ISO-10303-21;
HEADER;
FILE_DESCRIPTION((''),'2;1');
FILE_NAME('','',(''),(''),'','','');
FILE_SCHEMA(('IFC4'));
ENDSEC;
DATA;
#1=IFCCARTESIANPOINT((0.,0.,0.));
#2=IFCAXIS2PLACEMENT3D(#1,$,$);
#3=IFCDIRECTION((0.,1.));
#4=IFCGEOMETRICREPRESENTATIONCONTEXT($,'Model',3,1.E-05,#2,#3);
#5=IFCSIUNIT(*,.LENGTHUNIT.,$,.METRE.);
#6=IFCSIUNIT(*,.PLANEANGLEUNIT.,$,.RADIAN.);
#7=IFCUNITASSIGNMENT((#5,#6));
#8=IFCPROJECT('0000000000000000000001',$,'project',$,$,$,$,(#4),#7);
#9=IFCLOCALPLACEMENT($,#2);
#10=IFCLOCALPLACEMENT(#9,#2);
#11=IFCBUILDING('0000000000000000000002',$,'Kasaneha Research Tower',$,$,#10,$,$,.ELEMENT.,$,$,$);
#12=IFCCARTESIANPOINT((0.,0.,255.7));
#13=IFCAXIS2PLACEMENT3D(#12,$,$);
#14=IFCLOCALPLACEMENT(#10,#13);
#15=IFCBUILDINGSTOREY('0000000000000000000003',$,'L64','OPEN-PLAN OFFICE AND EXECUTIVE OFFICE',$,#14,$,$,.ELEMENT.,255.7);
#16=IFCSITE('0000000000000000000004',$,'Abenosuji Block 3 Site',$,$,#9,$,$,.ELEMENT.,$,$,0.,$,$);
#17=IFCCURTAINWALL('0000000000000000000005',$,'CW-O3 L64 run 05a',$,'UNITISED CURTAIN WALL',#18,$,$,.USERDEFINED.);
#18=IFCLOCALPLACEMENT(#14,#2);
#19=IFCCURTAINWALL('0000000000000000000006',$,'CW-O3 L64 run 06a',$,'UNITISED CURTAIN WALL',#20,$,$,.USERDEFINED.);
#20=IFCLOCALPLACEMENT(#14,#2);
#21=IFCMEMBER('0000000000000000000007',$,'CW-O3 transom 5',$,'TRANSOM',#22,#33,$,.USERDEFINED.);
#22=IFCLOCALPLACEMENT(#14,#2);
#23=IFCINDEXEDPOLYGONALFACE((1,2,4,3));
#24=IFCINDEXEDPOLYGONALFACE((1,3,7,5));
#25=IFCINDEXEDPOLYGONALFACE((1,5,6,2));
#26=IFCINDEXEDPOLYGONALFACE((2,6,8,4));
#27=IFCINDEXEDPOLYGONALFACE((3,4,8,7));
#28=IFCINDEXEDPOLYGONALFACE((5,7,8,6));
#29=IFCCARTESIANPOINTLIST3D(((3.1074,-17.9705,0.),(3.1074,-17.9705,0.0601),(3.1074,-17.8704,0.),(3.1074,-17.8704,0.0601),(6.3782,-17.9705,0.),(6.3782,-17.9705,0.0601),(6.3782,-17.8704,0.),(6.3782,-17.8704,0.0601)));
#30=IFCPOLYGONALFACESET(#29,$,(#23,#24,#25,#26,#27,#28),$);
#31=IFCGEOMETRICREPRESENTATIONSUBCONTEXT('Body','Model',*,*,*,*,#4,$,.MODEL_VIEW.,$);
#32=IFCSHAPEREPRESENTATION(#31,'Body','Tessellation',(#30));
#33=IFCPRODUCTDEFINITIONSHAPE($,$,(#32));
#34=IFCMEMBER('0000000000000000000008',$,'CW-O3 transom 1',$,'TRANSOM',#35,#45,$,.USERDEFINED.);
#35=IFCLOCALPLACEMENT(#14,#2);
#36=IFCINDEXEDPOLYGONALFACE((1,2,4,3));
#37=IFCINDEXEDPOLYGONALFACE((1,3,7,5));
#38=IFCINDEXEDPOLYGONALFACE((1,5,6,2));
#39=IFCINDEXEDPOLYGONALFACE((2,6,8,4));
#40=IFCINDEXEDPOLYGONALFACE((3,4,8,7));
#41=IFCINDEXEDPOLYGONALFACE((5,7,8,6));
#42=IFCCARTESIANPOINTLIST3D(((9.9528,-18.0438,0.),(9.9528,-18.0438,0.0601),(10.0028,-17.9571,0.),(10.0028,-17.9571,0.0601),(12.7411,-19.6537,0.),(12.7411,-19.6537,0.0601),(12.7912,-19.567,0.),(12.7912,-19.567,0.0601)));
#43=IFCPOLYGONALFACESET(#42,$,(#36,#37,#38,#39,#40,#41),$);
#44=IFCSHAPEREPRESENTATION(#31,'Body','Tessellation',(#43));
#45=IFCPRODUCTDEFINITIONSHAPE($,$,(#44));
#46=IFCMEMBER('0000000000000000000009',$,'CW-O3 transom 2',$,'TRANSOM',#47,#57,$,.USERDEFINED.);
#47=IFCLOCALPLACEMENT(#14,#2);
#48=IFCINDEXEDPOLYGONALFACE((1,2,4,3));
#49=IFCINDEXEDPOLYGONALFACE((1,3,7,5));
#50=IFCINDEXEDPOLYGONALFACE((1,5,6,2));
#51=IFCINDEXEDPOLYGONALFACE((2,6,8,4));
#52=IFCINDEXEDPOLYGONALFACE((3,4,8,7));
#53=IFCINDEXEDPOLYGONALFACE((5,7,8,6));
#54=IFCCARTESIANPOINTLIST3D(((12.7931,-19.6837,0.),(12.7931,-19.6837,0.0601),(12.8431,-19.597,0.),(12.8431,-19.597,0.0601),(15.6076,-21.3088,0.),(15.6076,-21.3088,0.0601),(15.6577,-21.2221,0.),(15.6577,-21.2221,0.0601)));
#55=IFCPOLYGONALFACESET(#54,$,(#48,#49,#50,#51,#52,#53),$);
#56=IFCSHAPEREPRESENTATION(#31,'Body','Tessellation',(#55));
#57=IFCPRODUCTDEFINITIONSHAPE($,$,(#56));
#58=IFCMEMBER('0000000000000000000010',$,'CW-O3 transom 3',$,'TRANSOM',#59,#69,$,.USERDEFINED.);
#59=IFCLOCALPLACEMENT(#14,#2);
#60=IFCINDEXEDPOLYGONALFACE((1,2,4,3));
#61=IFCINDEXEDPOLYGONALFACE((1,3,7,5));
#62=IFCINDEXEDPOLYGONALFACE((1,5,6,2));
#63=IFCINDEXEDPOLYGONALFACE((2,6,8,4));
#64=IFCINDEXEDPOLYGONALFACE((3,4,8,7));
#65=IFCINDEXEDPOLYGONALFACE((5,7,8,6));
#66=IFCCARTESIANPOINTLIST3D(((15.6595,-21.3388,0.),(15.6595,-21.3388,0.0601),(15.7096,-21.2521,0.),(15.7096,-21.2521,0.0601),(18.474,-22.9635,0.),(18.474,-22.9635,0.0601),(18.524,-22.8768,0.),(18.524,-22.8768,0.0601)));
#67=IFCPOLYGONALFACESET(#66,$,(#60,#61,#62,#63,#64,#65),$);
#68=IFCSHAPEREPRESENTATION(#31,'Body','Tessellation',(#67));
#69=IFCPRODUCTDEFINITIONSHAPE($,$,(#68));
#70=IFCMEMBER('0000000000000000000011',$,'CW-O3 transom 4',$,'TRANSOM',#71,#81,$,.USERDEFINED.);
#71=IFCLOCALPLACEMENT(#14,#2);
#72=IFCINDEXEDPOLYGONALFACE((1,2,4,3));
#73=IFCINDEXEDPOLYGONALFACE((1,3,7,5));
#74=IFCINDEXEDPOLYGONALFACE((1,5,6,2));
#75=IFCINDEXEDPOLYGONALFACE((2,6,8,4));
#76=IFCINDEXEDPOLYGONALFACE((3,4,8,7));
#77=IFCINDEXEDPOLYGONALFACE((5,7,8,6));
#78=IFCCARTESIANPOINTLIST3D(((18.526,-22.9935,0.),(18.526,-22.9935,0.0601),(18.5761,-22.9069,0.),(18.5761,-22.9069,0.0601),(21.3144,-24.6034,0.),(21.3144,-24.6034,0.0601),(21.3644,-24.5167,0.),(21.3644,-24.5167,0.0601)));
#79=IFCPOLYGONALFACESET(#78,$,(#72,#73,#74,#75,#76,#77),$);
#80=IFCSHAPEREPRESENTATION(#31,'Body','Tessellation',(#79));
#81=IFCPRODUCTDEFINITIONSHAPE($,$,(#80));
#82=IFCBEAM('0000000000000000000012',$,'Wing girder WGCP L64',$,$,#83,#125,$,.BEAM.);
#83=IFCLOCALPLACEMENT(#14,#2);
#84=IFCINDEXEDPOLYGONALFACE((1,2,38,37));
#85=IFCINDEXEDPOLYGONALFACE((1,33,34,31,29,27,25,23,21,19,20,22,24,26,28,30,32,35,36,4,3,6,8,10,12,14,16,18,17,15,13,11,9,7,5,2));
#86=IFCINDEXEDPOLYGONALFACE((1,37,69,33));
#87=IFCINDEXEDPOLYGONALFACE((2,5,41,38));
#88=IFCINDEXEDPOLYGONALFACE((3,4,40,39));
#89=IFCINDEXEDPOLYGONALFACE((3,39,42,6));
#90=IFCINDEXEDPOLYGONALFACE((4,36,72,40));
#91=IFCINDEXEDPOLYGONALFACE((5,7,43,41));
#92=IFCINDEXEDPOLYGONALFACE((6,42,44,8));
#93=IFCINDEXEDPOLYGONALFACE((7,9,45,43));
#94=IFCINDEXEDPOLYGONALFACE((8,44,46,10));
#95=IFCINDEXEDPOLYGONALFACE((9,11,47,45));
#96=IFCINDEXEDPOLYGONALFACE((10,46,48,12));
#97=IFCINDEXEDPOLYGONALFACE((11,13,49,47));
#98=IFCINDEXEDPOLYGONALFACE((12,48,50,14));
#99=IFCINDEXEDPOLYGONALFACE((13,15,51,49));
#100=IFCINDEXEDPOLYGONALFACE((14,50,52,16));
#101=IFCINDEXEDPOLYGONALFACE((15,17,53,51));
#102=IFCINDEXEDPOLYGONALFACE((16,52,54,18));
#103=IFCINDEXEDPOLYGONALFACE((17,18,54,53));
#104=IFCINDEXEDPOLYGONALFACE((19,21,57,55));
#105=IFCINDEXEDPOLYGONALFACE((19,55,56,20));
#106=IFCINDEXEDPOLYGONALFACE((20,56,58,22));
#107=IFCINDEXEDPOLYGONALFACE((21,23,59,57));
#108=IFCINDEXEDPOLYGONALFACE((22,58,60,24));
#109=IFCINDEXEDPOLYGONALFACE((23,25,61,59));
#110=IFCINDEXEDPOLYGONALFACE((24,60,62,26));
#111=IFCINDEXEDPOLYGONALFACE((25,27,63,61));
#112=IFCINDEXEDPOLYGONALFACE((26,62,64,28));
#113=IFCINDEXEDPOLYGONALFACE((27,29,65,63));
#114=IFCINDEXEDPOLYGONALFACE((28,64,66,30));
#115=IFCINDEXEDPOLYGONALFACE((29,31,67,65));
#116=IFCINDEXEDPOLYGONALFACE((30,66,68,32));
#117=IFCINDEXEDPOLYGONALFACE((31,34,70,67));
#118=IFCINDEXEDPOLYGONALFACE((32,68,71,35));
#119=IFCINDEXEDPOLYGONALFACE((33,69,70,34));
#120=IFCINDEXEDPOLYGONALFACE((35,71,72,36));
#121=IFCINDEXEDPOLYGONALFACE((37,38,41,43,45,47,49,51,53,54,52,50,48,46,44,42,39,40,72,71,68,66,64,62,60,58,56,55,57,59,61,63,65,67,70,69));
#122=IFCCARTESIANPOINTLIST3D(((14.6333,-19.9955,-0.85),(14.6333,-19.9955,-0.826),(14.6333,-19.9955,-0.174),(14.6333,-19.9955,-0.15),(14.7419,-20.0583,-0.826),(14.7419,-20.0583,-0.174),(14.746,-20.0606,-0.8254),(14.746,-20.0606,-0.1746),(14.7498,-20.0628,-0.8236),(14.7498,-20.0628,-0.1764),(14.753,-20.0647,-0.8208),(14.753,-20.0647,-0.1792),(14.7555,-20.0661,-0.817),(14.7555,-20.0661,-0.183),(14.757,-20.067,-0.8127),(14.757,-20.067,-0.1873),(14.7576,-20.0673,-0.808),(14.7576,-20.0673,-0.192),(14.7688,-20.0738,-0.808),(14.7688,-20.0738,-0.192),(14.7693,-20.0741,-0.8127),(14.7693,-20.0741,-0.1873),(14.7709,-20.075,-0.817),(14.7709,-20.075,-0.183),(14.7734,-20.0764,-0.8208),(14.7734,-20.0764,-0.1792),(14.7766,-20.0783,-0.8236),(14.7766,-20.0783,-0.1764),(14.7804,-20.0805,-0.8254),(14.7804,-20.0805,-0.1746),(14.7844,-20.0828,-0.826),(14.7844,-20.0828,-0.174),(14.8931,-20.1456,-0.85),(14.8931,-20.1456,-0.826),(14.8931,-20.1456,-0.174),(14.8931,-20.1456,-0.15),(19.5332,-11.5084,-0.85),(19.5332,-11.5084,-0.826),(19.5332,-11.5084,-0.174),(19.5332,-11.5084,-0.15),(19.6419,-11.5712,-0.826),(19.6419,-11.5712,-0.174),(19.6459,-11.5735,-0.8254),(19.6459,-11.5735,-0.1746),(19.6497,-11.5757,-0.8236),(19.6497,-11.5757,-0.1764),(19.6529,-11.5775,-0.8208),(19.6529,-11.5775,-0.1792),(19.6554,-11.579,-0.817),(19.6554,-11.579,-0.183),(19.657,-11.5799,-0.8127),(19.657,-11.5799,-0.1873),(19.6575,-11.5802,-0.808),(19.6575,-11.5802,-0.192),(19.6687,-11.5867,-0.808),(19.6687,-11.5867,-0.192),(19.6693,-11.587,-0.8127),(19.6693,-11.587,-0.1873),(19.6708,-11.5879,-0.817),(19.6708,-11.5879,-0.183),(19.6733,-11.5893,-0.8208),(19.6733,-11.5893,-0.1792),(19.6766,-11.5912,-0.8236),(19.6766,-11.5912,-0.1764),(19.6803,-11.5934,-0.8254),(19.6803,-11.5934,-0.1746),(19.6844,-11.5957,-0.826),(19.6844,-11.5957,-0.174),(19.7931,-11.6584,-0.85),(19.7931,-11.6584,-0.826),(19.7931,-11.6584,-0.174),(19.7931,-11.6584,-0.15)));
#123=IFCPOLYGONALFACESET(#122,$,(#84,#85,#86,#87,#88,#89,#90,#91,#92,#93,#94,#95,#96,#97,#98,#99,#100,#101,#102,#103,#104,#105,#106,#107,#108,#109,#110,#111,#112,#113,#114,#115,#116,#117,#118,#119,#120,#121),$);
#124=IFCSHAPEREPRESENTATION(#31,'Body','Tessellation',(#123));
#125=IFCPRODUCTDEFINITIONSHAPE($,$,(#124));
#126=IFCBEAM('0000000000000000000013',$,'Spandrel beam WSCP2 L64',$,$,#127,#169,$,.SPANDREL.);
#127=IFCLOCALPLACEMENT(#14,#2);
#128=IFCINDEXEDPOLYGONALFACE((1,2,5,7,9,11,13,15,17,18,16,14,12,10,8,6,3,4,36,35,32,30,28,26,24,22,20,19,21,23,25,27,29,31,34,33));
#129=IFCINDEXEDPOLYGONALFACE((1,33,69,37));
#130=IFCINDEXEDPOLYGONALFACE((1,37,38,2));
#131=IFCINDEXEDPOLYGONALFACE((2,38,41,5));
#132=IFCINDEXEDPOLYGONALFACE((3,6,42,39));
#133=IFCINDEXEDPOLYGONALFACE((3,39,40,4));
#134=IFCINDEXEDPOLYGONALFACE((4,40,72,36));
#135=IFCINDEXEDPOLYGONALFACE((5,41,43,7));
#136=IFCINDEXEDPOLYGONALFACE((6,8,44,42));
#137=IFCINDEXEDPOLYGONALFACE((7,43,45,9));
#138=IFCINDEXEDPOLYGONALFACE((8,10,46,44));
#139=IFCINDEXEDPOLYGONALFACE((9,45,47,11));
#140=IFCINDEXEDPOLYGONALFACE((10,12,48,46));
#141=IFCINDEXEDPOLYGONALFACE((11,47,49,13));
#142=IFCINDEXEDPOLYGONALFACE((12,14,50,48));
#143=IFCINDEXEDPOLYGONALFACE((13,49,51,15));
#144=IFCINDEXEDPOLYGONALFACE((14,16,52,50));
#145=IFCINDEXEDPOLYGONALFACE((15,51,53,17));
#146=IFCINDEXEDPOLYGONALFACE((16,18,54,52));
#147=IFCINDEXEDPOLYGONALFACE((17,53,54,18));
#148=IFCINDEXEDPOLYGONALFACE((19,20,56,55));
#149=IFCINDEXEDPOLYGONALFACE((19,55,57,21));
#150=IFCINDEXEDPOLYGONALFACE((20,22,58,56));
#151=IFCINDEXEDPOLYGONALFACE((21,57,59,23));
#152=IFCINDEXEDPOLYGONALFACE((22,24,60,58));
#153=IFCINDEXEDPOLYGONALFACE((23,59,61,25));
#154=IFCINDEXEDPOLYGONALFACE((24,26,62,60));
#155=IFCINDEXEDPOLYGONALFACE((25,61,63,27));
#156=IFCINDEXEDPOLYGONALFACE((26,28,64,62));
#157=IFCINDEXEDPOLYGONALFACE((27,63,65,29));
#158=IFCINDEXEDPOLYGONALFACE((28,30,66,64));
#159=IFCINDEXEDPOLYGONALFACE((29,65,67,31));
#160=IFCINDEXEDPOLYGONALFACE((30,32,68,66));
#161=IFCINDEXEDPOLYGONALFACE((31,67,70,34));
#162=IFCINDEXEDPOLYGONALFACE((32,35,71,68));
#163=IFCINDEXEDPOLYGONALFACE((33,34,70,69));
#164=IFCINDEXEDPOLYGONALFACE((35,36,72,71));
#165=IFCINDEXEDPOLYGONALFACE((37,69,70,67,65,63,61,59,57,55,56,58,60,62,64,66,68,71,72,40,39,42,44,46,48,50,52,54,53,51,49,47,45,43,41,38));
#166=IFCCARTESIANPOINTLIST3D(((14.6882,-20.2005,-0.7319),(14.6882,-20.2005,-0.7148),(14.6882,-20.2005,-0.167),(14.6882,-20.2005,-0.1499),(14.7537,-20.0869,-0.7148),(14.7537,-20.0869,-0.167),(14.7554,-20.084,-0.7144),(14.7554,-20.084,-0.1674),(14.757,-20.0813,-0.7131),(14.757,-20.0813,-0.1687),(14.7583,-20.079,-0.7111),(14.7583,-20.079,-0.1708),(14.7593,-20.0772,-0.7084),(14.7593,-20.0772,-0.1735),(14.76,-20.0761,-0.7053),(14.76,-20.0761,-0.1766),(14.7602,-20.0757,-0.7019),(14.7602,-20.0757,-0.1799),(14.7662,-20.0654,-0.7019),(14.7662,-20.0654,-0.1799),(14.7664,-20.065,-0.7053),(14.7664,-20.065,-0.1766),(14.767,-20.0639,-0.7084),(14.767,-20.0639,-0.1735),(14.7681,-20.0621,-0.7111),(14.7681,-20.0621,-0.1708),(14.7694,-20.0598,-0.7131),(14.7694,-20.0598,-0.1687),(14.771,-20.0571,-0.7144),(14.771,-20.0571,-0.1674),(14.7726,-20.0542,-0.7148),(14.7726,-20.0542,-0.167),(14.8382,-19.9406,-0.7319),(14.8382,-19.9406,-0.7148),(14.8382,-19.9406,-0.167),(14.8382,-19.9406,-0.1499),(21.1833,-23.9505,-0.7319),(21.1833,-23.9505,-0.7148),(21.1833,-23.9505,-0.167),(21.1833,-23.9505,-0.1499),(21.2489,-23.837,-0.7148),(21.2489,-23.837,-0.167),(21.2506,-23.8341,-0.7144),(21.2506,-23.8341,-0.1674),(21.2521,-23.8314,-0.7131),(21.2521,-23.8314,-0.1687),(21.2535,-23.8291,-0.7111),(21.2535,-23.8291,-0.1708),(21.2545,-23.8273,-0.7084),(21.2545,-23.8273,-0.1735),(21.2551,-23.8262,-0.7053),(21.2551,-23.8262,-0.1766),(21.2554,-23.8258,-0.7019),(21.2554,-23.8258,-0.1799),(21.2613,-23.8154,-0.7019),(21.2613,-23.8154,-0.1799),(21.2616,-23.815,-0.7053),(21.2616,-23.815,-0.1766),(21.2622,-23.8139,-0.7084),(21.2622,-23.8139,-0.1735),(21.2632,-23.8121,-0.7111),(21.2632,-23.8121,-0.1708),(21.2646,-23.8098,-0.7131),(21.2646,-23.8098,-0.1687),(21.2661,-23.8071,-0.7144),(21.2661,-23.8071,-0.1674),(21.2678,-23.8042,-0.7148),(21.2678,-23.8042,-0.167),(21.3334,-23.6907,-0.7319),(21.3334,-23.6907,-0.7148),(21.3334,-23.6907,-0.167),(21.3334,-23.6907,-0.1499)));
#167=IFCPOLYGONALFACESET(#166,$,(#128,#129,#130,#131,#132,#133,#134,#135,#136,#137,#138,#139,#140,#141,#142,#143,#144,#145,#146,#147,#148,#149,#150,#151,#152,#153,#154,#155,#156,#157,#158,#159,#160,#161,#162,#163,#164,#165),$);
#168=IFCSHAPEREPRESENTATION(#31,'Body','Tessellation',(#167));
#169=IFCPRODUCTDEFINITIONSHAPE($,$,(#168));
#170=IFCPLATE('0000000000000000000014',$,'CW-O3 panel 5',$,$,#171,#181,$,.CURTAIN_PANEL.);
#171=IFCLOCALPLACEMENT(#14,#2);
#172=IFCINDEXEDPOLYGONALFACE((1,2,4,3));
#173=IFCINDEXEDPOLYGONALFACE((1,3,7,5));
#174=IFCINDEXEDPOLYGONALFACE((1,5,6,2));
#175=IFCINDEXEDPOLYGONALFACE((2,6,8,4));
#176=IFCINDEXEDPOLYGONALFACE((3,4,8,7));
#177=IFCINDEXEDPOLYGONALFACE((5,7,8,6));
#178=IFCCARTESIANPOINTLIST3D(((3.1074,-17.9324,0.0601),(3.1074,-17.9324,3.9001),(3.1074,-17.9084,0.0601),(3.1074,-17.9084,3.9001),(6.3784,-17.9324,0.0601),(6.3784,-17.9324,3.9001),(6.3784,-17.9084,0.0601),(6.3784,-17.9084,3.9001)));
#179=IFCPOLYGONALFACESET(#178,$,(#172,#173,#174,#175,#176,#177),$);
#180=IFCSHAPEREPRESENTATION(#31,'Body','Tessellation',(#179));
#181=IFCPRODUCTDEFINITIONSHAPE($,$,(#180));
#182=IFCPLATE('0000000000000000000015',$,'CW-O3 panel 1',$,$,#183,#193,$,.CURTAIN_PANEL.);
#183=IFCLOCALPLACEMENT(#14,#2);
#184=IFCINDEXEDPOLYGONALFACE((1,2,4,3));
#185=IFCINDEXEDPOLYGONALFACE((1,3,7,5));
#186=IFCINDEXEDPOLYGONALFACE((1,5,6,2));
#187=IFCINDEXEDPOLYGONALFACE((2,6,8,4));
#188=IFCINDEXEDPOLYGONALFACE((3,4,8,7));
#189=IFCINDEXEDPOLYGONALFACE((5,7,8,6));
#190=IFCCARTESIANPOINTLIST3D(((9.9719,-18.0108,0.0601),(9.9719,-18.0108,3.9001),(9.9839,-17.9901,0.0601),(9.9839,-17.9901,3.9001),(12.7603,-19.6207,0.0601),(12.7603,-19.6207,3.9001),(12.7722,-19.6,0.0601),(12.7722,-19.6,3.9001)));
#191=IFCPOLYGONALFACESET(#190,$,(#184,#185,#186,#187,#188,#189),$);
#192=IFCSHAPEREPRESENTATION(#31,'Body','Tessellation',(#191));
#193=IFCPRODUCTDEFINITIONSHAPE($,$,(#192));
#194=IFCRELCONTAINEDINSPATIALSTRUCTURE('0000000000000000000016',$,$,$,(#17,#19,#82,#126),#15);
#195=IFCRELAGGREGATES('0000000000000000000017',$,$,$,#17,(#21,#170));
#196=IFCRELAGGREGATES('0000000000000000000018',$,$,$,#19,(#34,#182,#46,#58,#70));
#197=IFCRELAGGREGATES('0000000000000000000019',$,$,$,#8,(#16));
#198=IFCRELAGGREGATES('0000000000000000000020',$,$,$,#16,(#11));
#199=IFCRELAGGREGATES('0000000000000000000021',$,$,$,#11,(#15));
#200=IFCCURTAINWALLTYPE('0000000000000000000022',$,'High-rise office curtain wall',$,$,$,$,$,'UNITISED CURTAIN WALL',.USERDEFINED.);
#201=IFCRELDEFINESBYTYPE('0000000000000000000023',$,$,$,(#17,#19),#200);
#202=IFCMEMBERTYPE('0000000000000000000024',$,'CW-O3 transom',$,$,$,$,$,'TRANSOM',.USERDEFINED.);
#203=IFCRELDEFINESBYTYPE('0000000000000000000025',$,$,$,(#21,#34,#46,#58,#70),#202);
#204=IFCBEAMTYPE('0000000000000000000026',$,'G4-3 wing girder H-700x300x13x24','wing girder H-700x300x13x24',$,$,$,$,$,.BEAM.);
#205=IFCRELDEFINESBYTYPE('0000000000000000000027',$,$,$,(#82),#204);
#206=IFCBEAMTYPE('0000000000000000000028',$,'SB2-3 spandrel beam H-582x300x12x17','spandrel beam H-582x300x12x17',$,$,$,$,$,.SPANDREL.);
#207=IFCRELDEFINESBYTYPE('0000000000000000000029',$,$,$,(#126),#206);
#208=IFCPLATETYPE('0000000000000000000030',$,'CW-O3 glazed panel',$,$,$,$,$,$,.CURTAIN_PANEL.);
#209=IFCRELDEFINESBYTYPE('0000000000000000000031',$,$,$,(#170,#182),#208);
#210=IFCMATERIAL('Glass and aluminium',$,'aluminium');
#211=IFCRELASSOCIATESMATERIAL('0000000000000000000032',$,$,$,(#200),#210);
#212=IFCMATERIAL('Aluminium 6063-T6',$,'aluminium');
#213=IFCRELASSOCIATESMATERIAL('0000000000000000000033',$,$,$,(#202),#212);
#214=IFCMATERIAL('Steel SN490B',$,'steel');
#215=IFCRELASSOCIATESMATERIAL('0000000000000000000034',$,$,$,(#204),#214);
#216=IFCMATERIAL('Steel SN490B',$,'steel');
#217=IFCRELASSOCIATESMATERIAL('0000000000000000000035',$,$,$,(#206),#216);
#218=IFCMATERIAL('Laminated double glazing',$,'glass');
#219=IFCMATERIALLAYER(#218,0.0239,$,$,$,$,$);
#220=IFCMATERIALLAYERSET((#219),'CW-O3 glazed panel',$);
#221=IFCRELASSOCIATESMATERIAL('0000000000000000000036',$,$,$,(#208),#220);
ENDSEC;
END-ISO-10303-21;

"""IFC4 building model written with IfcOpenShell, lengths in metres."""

from ifc_helpers import new_model, si_unit, direction, frame, origin, origin_2d, place, context, subcontext, project, spatial, rectangle, i_section, extrude, material, layer, layer_set, material_profile, profile_set, type_object, element, aggregate, save


model = new_model("IFC4")

# Units and contexts
model_context = context("Model", 3, precision=1e-05, world=origin(), true_north=direction((0.0, 1.0)))
body_context = subcontext(model_context, "Body", "Model", "MODEL_VIEW")
ifc_project = project(units=[si_unit("LENGTHUNIT", "METRE"), si_unit("PLANEANGLEUNIT", "RADIAN")], contexts=[model_context])

# Site, building, storey
site_placement = place(None, origin())
site = spatial("IfcSite", under=ifc_project, at=site_placement, Name="Abenosuji Block 3 Site", CompositionType="ELEMENT", RefElevation=0.0)
building_placement = place(site_placement, origin())
building = spatial("IfcBuilding", under=site, at=building_placement, Name="Kasaneha Research Tower", CompositionType="ELEMENT")
storey_placement = place(building_placement, frame((0.0, 0.0, 255.7)))
storey = spatial("IfcBuildingStorey", under=building, at=storey_placement, Name="L64", Description="OPEN-PLAN OFFICE AND EXECUTIVE OFFICE", CompositionType="ELEMENT", Elevation=255.7)

# Curtain walls
ifc_material_1 = material(Name="Glass and aluminium", Category="aluminium")
curtain_wall_type = type_object("IfcCurtainWallType", Name="High-rise office curtain wall", ElementType="UNITISED CURTAIN WALL", PredefinedType="USERDEFINED", material=ifc_material_1)
curtain_wall_1_placement = place(storey_placement, origin())
curtain_wall_1 = element("IfcCurtainWall", 1, at=curtain_wall_1_placement, inside=storey, type_object=curtain_wall_type, Name="CW-O3 L64 run 05a", ObjectType="UNITISED CURTAIN WALL", PredefinedType="USERDEFINED")
curtain_wall_2_placement = place(storey_placement, origin())
curtain_wall_2 = element("IfcCurtainWall", 2, at=curtain_wall_2_placement, inside=storey, type_object=curtain_wall_type, Name="CW-O3 L64 run 06a", ObjectType="UNITISED CURTAIN WALL", PredefinedType="USERDEFINED")

# Members
ifc_material_2 = material(Name="Aluminium 6063-T6", Category="aluminium")
ifc_material_profile_1 = material_profile(ifc_material_2, rectangle(XDim=0.1001, YDim=0.0601, at=origin_2d()), Name="CW-O3 transom 100x60")
ifc_profile_set_1 = profile_set([ifc_material_profile_1], Name="Aluminium 6063-T6")
member_type_1 = type_object("IfcMemberType", Name="CW-O3 transom", ElementType="TRANSOM", PredefinedType="USERDEFINED", material=ifc_profile_set_1)
member_1_placement = place(storey_placement, frame((3.1074, -17.9204, 0.03), z_axis=(1.0, 0.0, 0.0), x_axis=(0.0, 1.0, 0.0)))
member_1 = element("IfcMember", 3, at=member_1_placement, type_object=member_type_1, Name="CW-O3 transom 5", ObjectType="TRANSOM", PredefinedType="USERDEFINED", context=body_context, shape_type="SweptSolid", body=[
    extrude(rectangle(XDim=0.1001, YDim=0.0601, at=origin_2d()), origin(), (0.0, 0.0, 1.0), 3.2708),
])
member_2_placement = place(storey_placement, frame((9.9778, -18.0005, 0.03), z_axis=(0.866023, -0.500005, 0.0), x_axis=(0.500005, 0.866023, 0.0)))
member_2 = element("IfcMember", 4, at=member_2_placement, type_object=member_type_1, Name="CW-O3 transom 1", ObjectType="TRANSOM", PredefinedType="USERDEFINED", context=body_context, shape_type="SweptSolid", body=[
    extrude(rectangle(XDim=0.1001, YDim=0.0601, at=origin_2d()), origin(), (0.0, 0.0, 1.0), 3.2197),
])
member_3_placement = place(storey_placement, frame((12.8181, -19.6404, 0.03), z_axis=(0.866015, -0.500017, 0.0), x_axis=(0.500017, 0.866015, 0.0)))
member_3 = element("IfcMember", 5, at=member_3_placement, type_object=member_type_1, Name="CW-O3 transom 2", ObjectType="TRANSOM", PredefinedType="USERDEFINED", context=body_context, shape_type="SweptSolid", body=[
    extrude(rectangle(XDim=0.1001, YDim=0.0601, at=origin_2d()), origin(), (0.0, 0.0, 1.0), 3.25),
])
member_4_placement = place(storey_placement, frame((15.6846, -21.2954, 0.03), z_axis=(0.866048, -0.499961, 0.0), x_axis=(0.499961, 0.866048, 0.0)))
member_4 = element("IfcMember", 6, at=member_4_placement, type_object=member_type_1, Name="CW-O3 transom 3", ObjectType="TRANSOM", PredefinedType="USERDEFINED", context=body_context, shape_type="SweptSolid", body=[
    extrude(rectangle(XDim=0.1001, YDim=0.0601, at=origin_2d()), origin(), (0.0, 0.0, 1.0), 3.2498),
])
member_5_placement = place(storey_placement, frame((18.551, -22.9502, 0.03), z_axis=(0.866023, -0.500005, 0.0), x_axis=(0.500005, 0.866023, 0.0)))
member_5 = element("IfcMember", 7, at=member_5_placement, type_object=member_type_1, Name="CW-O3 transom 4", ObjectType="TRANSOM", PredefinedType="USERDEFINED", context=body_context, shape_type="SweptSolid", body=[
    extrude(rectangle(XDim=0.1001, YDim=0.0601, at=origin_2d()), origin(), (0.0, 0.0, 1.0), 3.2197),
])

# Beams
ifc_material_3 = material(Name="Steel SN490B", Category="steel")
ifc_material_profile_2 = material_profile(ifc_material_3, i_section(OverallWidth=0.3, OverallDepth=0.7, WebThickness=0.0129, FlangeThickness=0.0239, FilletRadius=0.0181, at=origin_2d()), Name="H-700x300x13x24")
ifc_profile_set_2 = profile_set([ifc_material_profile_2], Name="Steel SN490B")
beam_type_1 = type_object("IfcBeamType", Name="G4-3 wing girder H-700x300x13x24", Description="wing girder H-700x300x13x24", PredefinedType="BEAM", material=ifc_profile_set_2)
beam_1_placement = place(storey_placement, frame((14.7632, -20.0706, -0.5), z_axis=(0.499992, 0.86603, 0.0), x_axis=(-0.86603, 0.499992, 0.0)))
element("IfcBeam", 8, at=beam_1_placement, inside=storey, type_object=beam_type_1, Name="Wing girder WGCP L64", PredefinedType="BEAM", context=body_context, shape_type="SweptSolid", body=[
    extrude(i_section(OverallWidth=0.3, OverallDepth=0.7, WebThickness=0.0129, FlangeThickness=0.0239, FilletRadius=0.0181, at=origin_2d()), origin(), (0.0, 0.0, 1.0), 9.8),
])
ifc_material_4 = material(Name="Steel SN490B", Category="steel")
ifc_material_profile_3 = material_profile(ifc_material_4, i_section(OverallWidth=0.3, OverallDepth=0.582, WebThickness=0.012, FlangeThickness=0.0171, FilletRadius=0.0129, at=origin_2d()), Name="H-582x300x12x17")
ifc_profile_set_3 = profile_set([ifc_material_profile_3], Name="Steel SN490B")
beam_type_2 = type_object("IfcBeamType", Name="SB2-3 spandrel beam H-582x300x12x17", Description="spandrel beam H-582x300x12x17", PredefinedType="SPANDREL", material=ifc_profile_set_3)
beam_2_placement = place(storey_placement, frame((14.7632, -20.0706, -0.4409), z_axis=(0.866023, -0.500004, 0.0), x_axis=(0.500004, 0.866023, 0.0)))
element("IfcBeam", 9, at=beam_2_placement, inside=storey, type_object=beam_type_2, Name="Spandrel beam WSCP2 L64", PredefinedType="SPANDREL", context=body_context, shape_type="SweptSolid", body=[
    extrude(i_section(OverallWidth=0.3, OverallDepth=0.582, WebThickness=0.012, FlangeThickness=0.0171, FilletRadius=0.0129, at=origin_2d()), origin(), (0.0, 0.0, 1.0), 7.5),
])

# Plates
ifc_material_5 = material(Name="Laminated double glazing", Category="glass")
ifc_layer_1 = layer(ifc_material_5, 0.0239)
ifc_layer_set_1 = layer_set([ifc_layer_1], Name="CW-O3 glazed panel")
plate_type = type_object("IfcPlateType", Name="CW-O3 glazed panel", PredefinedType="CURTAIN_PANEL", material=ifc_layer_set_1)
plate_1_placement = place(storey_placement, frame((4.7429, -17.9204, 0.0601), z_axis=(0.0, 0.0, 1.0), x_axis=(1.0, 0.0, 0.0)))
plate_1 = element("IfcPlate", 10, at=plate_1_placement, type_object=plate_type, Name="CW-O3 panel 5", PredefinedType="CURTAIN_PANEL", context=body_context, shape_type="SweptSolid", body=[
    extrude(rectangle(XDim=3.271, YDim=0.0239, at=origin_2d()), origin(), (0.0, 0.0, 1.0), 3.8401),
])
aggregate(curtain_wall_1, [member_1, plate_1])
plate_2_placement = place(storey_placement, frame((11.3721, -18.8054, 0.0601), z_axis=(0.0, 0.0, 1.0), x_axis=(0.866025, -0.5, 0.0)))
plate_2 = element("IfcPlate", 11, at=plate_2_placement, type_object=plate_type, Name="CW-O3 panel 1", PredefinedType="CURTAIN_PANEL", context=body_context, shape_type="SweptSolid", body=[
    extrude(rectangle(XDim=3.2197, YDim=0.0239, at=origin_2d()), origin(), (0.0, 0.0, 1.0), 3.8401),
])
aggregate(curtain_wall_2, [member_2, plate_2, member_3, member_4, member_5])

save(model, "model.ifc")
